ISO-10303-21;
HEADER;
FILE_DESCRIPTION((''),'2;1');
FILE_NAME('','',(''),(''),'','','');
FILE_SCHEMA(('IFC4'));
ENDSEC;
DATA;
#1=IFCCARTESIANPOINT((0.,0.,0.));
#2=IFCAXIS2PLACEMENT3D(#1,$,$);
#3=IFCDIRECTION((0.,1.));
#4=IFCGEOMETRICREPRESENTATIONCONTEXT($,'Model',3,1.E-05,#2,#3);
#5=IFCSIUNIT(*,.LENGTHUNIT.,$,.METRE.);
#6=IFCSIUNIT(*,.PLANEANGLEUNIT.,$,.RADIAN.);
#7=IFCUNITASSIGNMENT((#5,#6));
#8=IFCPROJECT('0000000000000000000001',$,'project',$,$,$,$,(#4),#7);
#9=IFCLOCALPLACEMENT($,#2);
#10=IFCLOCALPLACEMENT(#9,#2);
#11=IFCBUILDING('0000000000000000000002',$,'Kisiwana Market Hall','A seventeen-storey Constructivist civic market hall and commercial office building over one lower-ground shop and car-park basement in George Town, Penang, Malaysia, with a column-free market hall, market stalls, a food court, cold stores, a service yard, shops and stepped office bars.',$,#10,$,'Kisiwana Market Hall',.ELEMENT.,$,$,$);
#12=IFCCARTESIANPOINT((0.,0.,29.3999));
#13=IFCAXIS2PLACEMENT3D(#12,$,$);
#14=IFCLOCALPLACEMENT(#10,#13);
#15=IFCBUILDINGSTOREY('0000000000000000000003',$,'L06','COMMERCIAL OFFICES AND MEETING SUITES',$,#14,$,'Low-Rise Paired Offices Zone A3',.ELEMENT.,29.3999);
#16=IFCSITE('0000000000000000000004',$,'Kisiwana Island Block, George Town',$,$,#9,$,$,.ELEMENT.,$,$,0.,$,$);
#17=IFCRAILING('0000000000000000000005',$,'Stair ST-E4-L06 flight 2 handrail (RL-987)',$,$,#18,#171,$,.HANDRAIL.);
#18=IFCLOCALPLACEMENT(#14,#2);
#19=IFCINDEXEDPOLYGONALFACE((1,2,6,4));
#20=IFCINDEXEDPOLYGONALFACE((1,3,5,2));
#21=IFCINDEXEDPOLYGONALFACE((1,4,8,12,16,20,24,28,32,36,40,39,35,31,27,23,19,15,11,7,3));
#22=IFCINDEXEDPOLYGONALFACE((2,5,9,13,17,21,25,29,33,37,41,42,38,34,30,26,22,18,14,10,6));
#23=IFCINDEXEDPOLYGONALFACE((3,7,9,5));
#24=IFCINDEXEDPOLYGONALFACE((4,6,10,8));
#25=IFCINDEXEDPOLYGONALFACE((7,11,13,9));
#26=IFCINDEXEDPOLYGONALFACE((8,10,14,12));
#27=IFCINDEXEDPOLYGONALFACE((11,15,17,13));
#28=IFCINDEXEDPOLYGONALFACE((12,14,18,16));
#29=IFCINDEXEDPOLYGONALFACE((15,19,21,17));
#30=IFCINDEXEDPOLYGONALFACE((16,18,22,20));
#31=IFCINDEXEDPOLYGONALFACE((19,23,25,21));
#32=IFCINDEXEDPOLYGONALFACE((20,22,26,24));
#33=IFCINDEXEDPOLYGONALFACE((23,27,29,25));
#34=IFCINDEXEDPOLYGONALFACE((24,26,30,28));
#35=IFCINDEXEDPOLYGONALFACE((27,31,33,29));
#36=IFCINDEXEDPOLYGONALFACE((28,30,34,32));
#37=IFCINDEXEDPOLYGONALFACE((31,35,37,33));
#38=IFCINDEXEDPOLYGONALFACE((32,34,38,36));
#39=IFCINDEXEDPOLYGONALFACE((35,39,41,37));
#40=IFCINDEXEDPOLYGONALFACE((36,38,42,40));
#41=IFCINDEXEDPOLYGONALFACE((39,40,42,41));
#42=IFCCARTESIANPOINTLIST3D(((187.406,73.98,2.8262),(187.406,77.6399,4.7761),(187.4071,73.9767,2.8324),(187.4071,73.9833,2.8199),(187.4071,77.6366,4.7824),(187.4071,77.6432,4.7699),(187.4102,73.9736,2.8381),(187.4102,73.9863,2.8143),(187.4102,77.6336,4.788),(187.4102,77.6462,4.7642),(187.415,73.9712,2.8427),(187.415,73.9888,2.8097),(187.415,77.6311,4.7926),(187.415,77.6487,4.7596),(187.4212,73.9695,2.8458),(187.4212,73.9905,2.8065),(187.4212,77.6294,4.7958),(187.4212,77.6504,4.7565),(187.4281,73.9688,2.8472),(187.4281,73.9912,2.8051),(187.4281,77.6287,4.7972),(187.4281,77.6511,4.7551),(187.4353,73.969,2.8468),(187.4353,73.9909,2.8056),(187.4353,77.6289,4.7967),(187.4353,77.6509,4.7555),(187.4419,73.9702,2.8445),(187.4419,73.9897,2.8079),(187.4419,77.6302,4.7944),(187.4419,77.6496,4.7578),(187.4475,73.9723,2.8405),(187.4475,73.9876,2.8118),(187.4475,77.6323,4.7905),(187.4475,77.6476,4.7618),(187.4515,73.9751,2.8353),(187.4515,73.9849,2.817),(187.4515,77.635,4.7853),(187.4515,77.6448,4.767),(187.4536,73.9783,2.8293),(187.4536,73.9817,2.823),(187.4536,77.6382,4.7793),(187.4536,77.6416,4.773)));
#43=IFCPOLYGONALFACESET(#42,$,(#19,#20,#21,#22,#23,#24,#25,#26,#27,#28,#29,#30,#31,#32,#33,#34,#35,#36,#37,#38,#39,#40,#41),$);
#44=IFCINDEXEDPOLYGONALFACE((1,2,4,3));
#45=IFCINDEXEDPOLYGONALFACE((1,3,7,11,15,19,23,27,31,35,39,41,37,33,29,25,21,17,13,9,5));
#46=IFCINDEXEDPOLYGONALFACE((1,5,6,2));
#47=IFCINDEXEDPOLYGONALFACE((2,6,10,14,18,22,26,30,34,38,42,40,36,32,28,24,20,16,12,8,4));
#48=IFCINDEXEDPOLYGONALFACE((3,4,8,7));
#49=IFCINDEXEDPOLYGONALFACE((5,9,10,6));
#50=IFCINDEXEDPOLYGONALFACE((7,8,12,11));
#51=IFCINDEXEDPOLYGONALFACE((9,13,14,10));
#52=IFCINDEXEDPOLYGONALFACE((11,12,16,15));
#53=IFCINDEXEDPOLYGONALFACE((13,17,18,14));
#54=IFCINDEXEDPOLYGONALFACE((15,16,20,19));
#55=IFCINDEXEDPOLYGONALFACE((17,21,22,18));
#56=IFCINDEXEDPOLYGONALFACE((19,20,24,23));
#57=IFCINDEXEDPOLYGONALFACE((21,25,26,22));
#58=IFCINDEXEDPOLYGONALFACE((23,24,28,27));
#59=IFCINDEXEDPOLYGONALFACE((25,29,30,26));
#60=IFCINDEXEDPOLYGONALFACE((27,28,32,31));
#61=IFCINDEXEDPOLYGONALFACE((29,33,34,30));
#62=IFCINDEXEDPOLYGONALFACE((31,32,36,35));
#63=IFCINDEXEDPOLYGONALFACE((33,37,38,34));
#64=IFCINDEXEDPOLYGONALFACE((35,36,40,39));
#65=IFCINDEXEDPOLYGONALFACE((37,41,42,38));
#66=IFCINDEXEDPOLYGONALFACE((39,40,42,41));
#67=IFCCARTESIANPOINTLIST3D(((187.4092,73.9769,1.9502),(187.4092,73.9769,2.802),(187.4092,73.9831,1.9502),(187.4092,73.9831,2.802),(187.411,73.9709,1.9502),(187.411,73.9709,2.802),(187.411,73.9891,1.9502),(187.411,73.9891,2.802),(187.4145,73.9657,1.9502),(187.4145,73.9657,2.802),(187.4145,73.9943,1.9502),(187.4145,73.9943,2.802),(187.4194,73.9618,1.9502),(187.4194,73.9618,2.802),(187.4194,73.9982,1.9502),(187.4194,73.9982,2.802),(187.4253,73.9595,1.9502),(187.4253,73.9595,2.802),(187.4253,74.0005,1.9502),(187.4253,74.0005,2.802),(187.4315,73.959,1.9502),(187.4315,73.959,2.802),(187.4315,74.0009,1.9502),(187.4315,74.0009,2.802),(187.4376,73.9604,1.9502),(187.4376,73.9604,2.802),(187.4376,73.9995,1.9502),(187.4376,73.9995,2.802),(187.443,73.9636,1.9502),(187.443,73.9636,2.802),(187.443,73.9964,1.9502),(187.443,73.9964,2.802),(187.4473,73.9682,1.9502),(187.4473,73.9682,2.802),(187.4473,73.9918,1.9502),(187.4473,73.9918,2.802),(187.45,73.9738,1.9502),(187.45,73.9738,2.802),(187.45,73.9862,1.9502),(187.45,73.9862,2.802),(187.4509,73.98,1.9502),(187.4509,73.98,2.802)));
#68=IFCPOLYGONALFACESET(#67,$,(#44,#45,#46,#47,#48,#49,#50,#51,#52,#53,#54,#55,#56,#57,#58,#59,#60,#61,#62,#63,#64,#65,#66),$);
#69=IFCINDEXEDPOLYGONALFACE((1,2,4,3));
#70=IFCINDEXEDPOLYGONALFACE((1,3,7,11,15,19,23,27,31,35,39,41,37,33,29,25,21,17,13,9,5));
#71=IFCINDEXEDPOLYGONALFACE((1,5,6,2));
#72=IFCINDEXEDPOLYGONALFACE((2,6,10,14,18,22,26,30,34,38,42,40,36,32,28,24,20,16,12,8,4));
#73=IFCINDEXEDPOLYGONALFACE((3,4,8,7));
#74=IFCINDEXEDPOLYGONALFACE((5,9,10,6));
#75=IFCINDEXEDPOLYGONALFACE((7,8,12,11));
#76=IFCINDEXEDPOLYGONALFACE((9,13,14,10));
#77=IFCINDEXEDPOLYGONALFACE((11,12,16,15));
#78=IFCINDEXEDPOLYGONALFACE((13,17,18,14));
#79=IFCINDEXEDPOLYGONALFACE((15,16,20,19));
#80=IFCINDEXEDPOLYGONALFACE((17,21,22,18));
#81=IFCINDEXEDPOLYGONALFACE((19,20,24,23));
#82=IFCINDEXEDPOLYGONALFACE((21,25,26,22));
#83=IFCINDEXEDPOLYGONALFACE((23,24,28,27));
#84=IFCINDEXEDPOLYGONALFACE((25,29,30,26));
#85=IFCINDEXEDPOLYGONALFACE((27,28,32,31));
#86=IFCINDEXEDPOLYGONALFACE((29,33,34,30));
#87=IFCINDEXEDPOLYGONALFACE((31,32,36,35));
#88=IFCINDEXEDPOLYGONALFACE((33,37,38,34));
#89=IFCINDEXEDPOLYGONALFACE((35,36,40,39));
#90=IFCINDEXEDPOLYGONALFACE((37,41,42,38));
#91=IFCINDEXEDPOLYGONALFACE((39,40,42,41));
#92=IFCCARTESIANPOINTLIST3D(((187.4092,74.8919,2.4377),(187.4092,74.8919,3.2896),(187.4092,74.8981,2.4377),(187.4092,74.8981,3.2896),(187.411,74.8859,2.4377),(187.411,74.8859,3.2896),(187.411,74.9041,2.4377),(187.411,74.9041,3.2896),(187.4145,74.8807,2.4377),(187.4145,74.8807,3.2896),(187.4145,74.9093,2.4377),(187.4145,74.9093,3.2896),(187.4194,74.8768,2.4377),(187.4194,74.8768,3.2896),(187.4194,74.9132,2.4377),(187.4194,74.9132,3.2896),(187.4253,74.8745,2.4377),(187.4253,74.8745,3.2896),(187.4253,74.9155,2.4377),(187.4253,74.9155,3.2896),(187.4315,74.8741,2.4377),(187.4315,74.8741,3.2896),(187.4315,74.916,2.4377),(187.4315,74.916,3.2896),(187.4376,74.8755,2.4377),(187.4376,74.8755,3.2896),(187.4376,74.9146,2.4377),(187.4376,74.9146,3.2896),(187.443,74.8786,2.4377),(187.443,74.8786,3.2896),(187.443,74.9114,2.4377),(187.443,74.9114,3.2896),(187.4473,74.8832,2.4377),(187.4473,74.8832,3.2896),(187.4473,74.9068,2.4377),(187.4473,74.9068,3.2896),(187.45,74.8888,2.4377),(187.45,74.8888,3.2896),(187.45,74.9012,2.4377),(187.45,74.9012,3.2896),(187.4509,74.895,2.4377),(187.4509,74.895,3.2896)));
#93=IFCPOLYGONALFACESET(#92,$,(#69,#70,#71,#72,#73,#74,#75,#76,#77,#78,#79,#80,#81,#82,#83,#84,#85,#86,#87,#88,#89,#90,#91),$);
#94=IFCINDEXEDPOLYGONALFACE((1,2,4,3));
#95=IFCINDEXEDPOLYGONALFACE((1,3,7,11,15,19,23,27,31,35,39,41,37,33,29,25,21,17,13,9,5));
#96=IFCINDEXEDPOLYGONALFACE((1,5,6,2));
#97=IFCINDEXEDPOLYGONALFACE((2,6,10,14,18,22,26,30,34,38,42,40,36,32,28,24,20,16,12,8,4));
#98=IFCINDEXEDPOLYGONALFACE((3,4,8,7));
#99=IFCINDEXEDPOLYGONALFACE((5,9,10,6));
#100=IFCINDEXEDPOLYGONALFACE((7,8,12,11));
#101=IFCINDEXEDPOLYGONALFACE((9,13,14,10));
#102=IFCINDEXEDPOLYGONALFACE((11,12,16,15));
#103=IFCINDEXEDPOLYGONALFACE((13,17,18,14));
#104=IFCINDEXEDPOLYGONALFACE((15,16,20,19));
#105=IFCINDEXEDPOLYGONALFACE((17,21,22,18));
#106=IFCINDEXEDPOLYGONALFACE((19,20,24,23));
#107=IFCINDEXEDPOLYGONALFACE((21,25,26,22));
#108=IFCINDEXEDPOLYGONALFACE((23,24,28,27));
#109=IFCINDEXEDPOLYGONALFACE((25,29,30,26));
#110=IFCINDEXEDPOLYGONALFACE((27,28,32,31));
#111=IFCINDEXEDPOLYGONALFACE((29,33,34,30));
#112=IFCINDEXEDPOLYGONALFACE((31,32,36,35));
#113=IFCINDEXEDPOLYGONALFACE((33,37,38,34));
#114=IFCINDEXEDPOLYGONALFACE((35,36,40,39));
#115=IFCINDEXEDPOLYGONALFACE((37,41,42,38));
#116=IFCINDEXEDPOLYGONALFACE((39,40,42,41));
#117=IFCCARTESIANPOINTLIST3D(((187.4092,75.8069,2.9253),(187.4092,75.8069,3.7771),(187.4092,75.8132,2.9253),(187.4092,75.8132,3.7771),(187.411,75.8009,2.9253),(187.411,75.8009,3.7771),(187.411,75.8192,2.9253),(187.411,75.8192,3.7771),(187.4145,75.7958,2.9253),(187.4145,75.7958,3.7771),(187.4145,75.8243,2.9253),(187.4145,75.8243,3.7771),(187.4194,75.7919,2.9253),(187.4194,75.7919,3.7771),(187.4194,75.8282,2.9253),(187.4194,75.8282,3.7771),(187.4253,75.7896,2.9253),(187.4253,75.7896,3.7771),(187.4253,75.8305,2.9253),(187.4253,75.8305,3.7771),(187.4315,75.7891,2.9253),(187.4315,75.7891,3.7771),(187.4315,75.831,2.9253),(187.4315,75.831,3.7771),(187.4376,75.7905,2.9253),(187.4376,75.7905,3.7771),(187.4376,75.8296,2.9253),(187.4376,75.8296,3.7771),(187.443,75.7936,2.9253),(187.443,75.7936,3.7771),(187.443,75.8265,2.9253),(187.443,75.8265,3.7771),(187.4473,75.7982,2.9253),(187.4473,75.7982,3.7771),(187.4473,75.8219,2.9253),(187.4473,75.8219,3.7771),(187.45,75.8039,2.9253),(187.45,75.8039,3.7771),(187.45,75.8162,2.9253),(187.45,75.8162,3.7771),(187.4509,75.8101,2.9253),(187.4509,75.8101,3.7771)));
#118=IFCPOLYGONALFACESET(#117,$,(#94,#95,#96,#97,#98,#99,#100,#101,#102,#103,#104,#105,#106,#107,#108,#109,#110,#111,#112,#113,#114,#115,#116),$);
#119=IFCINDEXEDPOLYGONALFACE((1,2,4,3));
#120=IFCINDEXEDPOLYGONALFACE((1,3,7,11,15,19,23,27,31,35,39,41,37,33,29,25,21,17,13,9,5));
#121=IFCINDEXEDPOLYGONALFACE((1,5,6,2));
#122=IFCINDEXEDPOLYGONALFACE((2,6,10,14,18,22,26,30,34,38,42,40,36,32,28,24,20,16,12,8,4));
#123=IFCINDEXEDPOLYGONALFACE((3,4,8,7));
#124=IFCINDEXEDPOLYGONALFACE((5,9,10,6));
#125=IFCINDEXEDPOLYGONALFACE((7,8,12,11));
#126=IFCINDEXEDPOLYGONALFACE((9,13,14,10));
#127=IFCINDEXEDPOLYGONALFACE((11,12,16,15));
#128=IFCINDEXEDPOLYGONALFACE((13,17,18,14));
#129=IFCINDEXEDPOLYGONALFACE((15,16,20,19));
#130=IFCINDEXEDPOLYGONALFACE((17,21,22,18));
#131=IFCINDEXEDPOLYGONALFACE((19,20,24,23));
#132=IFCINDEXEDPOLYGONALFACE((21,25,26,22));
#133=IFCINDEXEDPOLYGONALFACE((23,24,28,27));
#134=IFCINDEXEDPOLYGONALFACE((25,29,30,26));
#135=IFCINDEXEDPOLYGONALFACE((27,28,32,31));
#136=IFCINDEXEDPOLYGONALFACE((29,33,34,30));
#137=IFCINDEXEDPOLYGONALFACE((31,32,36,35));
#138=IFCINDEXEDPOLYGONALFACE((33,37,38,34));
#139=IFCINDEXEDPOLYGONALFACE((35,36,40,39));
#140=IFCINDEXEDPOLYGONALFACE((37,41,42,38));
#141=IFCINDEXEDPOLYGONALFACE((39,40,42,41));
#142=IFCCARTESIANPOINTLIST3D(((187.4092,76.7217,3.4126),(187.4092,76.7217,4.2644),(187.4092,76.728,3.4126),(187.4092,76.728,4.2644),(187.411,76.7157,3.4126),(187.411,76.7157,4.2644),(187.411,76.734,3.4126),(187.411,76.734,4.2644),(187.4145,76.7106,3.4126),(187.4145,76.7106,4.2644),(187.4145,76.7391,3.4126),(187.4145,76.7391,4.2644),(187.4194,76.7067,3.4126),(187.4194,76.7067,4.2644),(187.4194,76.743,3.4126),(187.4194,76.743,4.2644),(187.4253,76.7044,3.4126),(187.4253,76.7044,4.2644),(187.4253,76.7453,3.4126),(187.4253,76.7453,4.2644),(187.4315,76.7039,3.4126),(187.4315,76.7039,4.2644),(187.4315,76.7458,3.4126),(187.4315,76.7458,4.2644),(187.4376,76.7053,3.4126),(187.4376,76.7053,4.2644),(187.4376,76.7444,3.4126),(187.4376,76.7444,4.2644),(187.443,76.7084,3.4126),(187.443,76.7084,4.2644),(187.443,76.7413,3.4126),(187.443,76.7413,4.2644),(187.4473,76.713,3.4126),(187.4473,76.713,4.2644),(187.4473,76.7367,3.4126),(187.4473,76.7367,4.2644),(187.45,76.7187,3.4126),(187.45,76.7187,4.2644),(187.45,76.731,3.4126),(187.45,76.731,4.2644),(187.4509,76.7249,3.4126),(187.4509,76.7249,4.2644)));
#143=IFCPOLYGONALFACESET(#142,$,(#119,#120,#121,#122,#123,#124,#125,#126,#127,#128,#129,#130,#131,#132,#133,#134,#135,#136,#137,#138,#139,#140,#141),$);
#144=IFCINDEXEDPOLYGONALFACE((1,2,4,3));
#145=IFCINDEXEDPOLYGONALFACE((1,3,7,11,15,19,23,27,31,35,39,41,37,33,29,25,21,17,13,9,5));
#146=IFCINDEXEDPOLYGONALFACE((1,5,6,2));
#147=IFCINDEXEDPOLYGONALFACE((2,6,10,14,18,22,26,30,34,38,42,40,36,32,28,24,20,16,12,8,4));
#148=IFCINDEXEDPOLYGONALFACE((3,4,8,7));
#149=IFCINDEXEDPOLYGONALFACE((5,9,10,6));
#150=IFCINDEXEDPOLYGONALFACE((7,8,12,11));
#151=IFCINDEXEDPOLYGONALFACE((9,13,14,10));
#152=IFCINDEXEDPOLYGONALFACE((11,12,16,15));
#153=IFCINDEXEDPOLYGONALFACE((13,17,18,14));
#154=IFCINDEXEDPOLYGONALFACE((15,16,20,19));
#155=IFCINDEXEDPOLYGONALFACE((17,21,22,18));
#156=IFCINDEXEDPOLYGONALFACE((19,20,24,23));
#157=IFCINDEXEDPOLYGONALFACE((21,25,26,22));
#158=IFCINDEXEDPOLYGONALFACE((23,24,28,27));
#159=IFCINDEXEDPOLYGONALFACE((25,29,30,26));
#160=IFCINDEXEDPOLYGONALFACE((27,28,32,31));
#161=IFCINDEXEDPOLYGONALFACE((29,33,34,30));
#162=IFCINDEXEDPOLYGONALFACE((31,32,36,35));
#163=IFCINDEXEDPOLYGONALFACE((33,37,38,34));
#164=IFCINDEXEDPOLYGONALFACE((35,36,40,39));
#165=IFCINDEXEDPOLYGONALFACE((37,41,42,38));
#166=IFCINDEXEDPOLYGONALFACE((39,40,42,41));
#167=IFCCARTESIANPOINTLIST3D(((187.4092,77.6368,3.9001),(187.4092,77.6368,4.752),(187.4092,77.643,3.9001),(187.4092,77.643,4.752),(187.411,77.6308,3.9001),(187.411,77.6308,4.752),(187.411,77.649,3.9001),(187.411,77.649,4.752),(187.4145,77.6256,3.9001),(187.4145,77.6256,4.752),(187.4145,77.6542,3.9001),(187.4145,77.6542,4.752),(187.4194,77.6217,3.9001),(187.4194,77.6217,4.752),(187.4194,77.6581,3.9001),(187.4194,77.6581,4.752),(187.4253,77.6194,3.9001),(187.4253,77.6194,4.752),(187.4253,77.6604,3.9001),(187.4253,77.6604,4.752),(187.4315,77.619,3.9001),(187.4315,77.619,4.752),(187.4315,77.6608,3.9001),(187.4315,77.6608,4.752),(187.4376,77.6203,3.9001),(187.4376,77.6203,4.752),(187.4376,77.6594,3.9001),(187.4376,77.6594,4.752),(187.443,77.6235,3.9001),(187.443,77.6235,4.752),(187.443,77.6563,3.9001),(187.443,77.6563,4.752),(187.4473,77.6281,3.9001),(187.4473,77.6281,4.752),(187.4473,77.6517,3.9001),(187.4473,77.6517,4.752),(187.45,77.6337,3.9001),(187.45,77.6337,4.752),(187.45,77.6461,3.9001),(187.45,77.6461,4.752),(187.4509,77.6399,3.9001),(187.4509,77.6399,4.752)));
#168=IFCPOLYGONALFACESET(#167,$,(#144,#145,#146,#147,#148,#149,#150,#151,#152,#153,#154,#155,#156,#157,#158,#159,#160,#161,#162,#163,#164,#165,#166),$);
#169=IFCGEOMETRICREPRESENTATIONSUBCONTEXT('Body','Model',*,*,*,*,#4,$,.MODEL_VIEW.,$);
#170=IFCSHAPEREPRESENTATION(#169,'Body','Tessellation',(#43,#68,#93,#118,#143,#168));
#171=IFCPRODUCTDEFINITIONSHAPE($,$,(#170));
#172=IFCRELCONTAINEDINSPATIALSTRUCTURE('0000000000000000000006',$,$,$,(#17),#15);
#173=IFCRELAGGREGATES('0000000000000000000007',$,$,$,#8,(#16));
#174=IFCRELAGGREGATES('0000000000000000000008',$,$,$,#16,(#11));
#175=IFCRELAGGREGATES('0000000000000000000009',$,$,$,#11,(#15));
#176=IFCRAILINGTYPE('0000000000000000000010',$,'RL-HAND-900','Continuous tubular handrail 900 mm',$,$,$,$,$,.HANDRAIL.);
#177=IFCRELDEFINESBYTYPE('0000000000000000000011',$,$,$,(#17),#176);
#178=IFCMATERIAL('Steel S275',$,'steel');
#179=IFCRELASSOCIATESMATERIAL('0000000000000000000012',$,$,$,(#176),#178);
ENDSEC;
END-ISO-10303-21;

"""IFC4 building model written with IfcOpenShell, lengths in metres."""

from ifc_helpers import new_model, si_unit, direction, frame, origin, origin_2d, place, context, subcontext, project, spatial, circle, extrude, material, type_object, element, save


model = new_model("IFC4")

# Units and contexts
model_context = context("Model", 3, precision=1e-05, world=origin(), true_north=direction((0.0, 1.0)))
body_context = subcontext(model_context, "Body", "Model", "MODEL_VIEW")
ifc_project = project(units=[si_unit("LENGTHUNIT", "METRE"), si_unit("PLANEANGLEUNIT", "RADIAN")], contexts=[model_context])

# Site, building, storey
site_placement = place(None, origin())
site = spatial("IfcSite", under=ifc_project, at=site_placement, Name="Kisiwana Island Block, George Town", CompositionType="ELEMENT", RefElevation=0.0)
building_placement = place(site_placement, origin())
building = spatial("IfcBuilding", under=site, at=building_placement, Name="Kisiwana Market Hall", Description="A seventeen-storey Constructivist civic market hall and commercial office building over one lower-ground shop and car-park basement in George Town, Penang, Malaysia, with a column-free market hall, market stalls, a food court, cold stores, a service yard, shops and stepped office bars.", LongName="Kisiwana Market Hall", CompositionType="ELEMENT")
storey_placement = place(building_placement, frame((0.0, 0.0, 29.3999)))
storey = spatial("IfcBuildingStorey", under=building, at=storey_placement, Name="L06", Description="COMMERCIAL OFFICES AND MEETING SUITES", LongName="Low-Rise Paired Offices Zone A3", CompositionType="ELEMENT", Elevation=29.3999)

# Railing
ifc_material_1 = material(Name="Steel S275", Category="steel")
railing_type = type_object("IfcRailingType", Name="RL-HAND-900", Description="Continuous tubular handrail 900 mm", PredefinedType="HANDRAIL", material=ifc_material_1)
for number, where, name in (
    (1, (187.4299, 73.98, 1.9502), "Stair ST-E4-L06 flight 2 handrail (RL-987)"),
):
    element("IfcRailing", number, at=place(storey_placement, frame(where)), inside=storey, type_object=railing_type, Name=name, PredefinedType="HANDRAIL", context=body_context, shape_type="SweptSolid", body=[
        extrude(circle(Radius=0.0239, at=origin_2d()), frame((0.0, 0.0, 0.876), z_axis=(0.0, 0.882553, 0.470212), x_axis=(-1.0, 0.0, 0.0)), (0.0, 0.0, 1.0), 4.147),
        extrude(circle(Radius=0.021, at=origin_2d()), origin(), (0.0, 0.0, 1.0), 0.8518),
        extrude(circle(Radius=0.021, at=origin_2d()), frame((0.0, 0.915, 0.4875)), (0.0, 0.0, 1.0), 0.8518),
        extrude(circle(Radius=0.021, at=origin_2d()), frame((0.0, 1.8301, 0.9751)), (0.0, 0.0, 1.0), 0.8518),
        extrude(circle(Radius=0.021, at=origin_2d()), frame((0.0, 2.7449, 1.4624)), (0.0, 0.0, 1.0), 0.8518),
        extrude(circle(Radius=0.021, at=origin_2d()), frame((0.0, 3.6599, 1.95)), (0.0, 0.0, 1.0), 0.8518),
    ])

save(model, "model.ifc")
